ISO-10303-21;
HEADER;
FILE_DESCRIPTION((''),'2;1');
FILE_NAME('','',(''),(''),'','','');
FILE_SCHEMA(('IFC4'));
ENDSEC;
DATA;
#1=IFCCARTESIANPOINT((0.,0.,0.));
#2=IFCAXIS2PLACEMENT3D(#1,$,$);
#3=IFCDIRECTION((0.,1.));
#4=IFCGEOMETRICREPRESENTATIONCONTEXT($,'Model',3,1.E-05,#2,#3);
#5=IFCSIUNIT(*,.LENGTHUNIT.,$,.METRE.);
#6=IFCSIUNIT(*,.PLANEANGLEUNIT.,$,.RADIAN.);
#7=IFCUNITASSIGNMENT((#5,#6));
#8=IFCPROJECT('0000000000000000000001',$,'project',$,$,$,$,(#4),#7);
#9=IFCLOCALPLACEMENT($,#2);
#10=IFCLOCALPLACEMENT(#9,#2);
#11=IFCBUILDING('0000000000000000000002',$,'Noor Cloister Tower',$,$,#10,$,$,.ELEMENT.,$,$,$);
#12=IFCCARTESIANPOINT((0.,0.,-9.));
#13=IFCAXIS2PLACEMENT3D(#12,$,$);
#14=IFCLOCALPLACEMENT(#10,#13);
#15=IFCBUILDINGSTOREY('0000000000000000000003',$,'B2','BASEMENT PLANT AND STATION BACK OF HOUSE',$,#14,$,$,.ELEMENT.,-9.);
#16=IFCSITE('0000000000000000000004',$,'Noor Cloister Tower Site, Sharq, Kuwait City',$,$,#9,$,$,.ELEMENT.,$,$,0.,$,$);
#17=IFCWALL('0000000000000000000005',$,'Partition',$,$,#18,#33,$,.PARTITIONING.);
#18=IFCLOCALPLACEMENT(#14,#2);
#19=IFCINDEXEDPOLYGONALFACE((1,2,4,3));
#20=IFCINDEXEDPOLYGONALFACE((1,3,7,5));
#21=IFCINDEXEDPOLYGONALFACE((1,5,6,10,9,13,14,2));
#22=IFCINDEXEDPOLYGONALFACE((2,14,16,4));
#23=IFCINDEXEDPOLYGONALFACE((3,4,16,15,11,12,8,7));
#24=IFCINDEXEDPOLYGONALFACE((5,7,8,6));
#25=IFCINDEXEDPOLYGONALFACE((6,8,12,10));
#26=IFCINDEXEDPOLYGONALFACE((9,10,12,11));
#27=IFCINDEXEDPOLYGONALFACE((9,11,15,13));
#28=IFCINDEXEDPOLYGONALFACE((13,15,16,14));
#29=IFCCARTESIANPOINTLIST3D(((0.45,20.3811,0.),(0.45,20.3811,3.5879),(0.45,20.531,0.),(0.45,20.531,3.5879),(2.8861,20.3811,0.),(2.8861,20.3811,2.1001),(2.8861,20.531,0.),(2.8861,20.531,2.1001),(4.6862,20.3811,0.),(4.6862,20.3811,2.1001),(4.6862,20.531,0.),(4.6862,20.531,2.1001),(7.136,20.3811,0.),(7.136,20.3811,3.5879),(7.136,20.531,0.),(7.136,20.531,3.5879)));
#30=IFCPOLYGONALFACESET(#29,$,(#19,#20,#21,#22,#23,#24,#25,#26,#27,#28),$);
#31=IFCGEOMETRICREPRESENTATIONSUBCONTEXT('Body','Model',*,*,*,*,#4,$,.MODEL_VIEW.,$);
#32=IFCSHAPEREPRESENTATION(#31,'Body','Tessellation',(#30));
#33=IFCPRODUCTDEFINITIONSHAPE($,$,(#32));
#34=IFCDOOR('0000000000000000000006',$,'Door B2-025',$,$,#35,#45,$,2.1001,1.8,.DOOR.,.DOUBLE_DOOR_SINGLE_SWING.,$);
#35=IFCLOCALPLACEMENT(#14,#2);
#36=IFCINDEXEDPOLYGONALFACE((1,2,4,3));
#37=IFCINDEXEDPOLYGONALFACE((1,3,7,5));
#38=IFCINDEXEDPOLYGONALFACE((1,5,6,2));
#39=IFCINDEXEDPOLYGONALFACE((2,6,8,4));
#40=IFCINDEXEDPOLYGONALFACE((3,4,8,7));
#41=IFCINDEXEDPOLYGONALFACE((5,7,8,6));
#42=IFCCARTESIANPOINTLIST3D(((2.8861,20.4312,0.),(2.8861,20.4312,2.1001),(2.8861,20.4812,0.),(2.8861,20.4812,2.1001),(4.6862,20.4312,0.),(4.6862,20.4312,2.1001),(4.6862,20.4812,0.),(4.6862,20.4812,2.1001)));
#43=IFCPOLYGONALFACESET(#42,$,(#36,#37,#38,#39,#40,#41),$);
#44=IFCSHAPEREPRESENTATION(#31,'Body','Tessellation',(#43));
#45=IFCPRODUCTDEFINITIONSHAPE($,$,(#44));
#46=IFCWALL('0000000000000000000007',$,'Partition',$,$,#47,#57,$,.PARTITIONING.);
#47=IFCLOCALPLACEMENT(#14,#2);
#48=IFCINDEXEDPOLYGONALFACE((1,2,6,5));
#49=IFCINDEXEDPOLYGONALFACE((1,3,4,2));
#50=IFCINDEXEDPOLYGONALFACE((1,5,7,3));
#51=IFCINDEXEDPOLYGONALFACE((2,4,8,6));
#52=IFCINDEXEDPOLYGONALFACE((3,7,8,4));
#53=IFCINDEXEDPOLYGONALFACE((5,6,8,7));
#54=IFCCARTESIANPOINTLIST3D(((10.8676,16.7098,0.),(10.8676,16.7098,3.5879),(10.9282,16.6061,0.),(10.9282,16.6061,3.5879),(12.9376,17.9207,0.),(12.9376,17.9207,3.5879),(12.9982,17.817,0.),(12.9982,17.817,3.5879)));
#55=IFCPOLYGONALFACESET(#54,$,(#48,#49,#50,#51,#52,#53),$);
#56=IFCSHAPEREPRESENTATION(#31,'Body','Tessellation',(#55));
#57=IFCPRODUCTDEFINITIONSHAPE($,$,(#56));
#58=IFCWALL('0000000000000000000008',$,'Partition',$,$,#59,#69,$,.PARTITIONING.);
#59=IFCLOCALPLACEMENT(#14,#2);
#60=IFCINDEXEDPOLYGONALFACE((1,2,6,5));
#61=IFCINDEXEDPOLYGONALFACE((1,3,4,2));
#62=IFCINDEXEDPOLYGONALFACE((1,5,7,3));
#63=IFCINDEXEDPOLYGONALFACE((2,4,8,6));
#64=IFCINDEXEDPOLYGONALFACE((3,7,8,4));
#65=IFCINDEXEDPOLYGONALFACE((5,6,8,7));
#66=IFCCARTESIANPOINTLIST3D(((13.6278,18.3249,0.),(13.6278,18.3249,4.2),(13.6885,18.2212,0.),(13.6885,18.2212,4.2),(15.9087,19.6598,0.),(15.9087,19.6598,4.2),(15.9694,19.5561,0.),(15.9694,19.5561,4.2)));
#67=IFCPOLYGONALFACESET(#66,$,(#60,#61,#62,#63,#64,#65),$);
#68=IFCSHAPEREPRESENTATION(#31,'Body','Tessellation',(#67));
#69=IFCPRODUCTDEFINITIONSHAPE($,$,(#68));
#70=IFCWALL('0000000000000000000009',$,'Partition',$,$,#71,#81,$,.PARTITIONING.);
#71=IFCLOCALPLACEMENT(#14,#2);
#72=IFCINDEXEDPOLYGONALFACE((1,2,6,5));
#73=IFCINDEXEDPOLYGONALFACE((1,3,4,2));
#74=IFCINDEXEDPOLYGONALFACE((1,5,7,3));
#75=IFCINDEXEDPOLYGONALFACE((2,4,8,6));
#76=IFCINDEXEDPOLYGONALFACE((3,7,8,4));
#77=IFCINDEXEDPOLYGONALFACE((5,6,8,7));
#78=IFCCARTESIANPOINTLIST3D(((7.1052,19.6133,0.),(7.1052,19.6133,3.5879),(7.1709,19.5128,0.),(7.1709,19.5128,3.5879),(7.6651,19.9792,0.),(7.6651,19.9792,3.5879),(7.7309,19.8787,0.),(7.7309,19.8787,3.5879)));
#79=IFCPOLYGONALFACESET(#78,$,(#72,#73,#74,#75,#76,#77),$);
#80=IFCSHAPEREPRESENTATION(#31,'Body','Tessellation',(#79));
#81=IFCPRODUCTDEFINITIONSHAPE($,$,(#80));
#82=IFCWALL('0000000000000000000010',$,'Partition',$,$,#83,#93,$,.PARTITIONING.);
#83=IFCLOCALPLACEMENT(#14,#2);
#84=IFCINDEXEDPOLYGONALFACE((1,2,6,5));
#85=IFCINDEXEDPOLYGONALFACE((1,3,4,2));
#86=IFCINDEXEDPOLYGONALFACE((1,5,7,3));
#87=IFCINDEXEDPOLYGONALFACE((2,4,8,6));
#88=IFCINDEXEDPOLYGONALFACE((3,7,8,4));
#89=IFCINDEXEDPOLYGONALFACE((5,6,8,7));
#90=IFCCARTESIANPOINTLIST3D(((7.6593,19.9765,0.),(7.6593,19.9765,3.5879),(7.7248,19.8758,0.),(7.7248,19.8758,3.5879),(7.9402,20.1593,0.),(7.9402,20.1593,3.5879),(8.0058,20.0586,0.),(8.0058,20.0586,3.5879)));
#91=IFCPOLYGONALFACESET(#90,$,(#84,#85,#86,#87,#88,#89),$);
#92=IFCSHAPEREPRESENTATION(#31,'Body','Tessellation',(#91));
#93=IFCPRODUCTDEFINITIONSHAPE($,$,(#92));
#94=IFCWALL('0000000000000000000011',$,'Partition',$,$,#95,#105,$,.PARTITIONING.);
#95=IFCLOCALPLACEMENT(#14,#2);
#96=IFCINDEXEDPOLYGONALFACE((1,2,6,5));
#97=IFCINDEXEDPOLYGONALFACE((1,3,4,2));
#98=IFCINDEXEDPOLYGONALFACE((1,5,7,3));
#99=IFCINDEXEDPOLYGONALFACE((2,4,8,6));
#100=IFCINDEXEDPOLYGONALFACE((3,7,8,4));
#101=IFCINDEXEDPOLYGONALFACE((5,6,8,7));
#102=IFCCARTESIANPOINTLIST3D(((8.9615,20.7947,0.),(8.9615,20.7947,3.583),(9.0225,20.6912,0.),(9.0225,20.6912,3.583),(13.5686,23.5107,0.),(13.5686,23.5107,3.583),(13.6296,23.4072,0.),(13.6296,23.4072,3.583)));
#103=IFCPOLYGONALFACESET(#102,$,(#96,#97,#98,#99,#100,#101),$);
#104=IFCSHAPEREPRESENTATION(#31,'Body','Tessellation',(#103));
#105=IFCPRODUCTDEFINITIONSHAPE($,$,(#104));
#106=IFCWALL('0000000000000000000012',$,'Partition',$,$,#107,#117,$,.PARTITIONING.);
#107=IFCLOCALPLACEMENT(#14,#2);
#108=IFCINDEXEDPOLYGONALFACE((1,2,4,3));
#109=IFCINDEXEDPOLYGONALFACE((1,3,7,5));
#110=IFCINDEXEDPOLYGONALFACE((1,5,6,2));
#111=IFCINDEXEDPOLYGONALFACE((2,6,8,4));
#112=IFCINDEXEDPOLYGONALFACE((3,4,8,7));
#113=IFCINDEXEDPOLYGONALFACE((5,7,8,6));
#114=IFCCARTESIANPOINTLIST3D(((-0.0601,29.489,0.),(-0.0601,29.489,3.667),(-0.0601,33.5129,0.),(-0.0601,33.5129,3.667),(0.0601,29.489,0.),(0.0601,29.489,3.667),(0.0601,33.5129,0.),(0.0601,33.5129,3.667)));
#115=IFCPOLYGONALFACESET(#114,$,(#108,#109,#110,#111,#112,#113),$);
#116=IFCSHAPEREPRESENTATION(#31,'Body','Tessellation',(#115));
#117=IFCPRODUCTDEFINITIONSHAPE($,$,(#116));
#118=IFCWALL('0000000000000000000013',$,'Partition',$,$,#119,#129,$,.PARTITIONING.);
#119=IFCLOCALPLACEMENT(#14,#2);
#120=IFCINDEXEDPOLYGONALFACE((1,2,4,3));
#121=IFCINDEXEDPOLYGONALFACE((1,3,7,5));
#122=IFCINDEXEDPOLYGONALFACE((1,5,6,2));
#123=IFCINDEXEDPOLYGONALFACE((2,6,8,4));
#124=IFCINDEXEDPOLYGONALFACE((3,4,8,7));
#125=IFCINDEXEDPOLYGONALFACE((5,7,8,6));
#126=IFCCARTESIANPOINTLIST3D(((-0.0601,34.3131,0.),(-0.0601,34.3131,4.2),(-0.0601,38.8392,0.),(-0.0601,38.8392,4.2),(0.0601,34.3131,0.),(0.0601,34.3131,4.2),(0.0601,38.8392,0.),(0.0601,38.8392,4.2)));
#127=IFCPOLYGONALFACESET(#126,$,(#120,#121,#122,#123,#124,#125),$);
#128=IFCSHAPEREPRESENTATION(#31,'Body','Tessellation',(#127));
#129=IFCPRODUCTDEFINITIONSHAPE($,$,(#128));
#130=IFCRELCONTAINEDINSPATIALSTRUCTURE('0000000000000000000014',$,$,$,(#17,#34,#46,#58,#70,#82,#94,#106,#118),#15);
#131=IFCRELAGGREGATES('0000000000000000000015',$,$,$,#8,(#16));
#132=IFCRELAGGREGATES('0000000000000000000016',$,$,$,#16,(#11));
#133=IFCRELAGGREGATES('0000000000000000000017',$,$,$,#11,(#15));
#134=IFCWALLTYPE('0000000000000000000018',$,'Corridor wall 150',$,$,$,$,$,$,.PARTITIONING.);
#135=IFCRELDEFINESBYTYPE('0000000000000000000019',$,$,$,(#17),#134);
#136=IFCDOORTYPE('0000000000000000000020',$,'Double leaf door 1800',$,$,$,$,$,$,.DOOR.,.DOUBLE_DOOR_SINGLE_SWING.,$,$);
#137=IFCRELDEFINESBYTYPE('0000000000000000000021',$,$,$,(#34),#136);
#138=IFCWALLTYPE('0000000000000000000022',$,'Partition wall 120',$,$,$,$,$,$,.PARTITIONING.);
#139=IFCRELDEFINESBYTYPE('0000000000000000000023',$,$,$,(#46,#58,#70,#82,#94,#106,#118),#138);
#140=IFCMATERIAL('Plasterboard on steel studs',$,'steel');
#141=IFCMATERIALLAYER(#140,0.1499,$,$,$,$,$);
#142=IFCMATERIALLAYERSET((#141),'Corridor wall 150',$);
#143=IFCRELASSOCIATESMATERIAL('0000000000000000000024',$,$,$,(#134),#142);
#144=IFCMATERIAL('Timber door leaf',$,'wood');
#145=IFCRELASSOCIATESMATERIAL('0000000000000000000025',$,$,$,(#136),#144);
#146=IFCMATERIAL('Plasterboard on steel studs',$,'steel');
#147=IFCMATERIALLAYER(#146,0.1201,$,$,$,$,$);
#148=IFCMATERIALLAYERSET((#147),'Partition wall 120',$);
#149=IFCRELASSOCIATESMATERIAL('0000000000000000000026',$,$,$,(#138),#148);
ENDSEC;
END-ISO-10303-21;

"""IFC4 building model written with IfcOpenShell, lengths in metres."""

from ifc_helpers import new_model, si_unit, direction, frame, frame_2d, origin, place, context, subcontext, project, spatial, rectangle, extrude, material, layer, layer_set, type_object, element, fill, save


model = new_model("IFC4")

# Units and contexts
model_context = context("Model", 3, precision=1e-05, world=origin(), true_north=direction((0.0, 1.0)))
body_context = subcontext(model_context, "Body", "Model", "MODEL_VIEW")
ifc_project = project(units=[si_unit("LENGTHUNIT", "METRE"), si_unit("PLANEANGLEUNIT", "RADIAN")], contexts=[model_context])

# Site, building, storey
site_placement = place(None, origin())
site = spatial("IfcSite", under=ifc_project, at=site_placement, Name="Noor Cloister Tower Site, Sharq, Kuwait City", CompositionType="ELEMENT", RefElevation=0.0)
building_placement = place(site_placement, origin())
building = spatial("IfcBuilding", under=site, at=building_placement, Name="Noor Cloister Tower", CompositionType="ELEMENT")
storey_placement = place(building_placement, frame((0.0, 0.0, -9.0)))
storey = spatial("IfcBuildingStorey", under=building, at=storey_placement, Name="B2", Description="BASEMENT PLANT AND STATION BACK OF HOUSE", CompositionType="ELEMENT", Elevation=-9.0)

# Shared definitions
ifc_material_1 = material(Name="Plasterboard on steel studs", Category="steel")
ifc_layer_1 = layer(ifc_material_1, 0.1499)
ifc_layer_set_1 = layer_set([ifc_layer_1], Name="Corridor wall 150")
wall_type_1 = type_object("IfcWallType", Name="Corridor wall 150", PredefinedType="PARTITIONING", material=ifc_layer_set_1)

# Wall, opening, door
wall_1_placement = place(storey_placement, frame((7.136, 20.4561, 0.0), z_axis=(0.0, 0.0, 1.0), x_axis=(-1.0, 0.0, 0.0)))
wall_1 = element("IfcWall", 1, at=wall_1_placement, inside=storey, type_object=wall_type_1, Name="Partition", PredefinedType="PARTITIONING", context=body_context, shape_type="SweptSolid", body=[
    extrude(rectangle(XDim=6.686, YDim=0.1499, at=frame_2d((3.343, 0.0))), origin(), (0.0, 0.0, 1.0), 3.5879),
])
opening_placement = place(wall_1_placement, frame((2.45, 0.0, 0.0)))
opening = element("IfcOpeningElement", 2, at=opening_placement, cuts=wall_1, PredefinedType="OPENING", context=body_context, shape_type="SweptSolid", body=[
    extrude(rectangle(XDim=1.8, YDim=2.1001, at=frame_2d((0.8999, 1.05))), frame((0.0, 0.085, 0.0), z_axis=(0.0, -1.0, 0.0), x_axis=(1.0, 0.0, 0.0)), (0.0, 0.0, 1.0), 0.1699),
])
ifc_material_2 = material(Name="Timber door leaf", Category="wood")
door_type = type_object("IfcDoorType", Name="Double leaf door 1800", OperationType="DOUBLE_DOOR_SINGLE_SWING", PredefinedType="DOOR", material=ifc_material_2)
door_placement = place(opening_placement, origin())
door = element("IfcDoor", 3, at=door_placement, inside=storey, type_object=door_type, Name="Door B2-025", OperationType="DOUBLE_DOOR_SINGLE_SWING", OverallHeight=2.1001, OverallWidth=1.8, PredefinedType="DOOR", context=body_context, shape_type="SweptSolid", body=[
    extrude(rectangle(XDim=1.8, YDim=2.1001, at=frame_2d((0.8999, 1.05))), frame((0.0, 0.0249, 0.0), z_axis=(0.0, -1.0, 0.0), x_axis=(1.0, 0.0, 0.0)), (0.0, 0.0, 1.0), 0.05),
])
fill(opening, door)

# Walls
ifc_material_3 = material(Name="Plasterboard on steel studs", Category="steel")
ifc_layer_2 = layer(ifc_material_3, 0.1201)
ifc_layer_set_2 = layer_set([ifc_layer_2], Name="Partition wall 120")
wall_type_2 = type_object("IfcWallType", Name="Partition wall 120", PredefinedType="PARTITIONING", material=ifc_layer_set_2)
wall_2_placement = place(storey_placement, frame((12.968, 17.8689, 0.0), z_axis=(0.0, 0.0, 1.0), x_axis=(-0.863162, -0.504928, 0.0)))
element("IfcWall", 4, at=wall_2_placement, inside=storey, type_object=wall_type_2, Name="Partition", PredefinedType="PARTITIONING", context=body_context, shape_type="SweptSolid", body=[
    extrude(rectangle(XDim=2.3982, YDim=0.1201, at=frame_2d((1.1992, 0.0))), origin(), (0.0, 0.0, 1.0), 3.5879),
])
wall_3_placement = place(storey_placement, frame((15.939, 19.6079, 0.0), z_axis=(0.0, 0.0, 1.0), x_axis=(-0.863058, -0.505105, 0.0)))
element("IfcWall", 5, at=wall_3_placement, inside=storey, type_object=wall_type_2, Name="Partition", PredefinedType="PARTITIONING", context=body_context, shape_type="SweptSolid", body=[
    extrude(rectangle(XDim=2.6428, YDim=0.1201, at=frame_2d((1.3213, 0.0))), origin(), (0.0, 0.0, 1.0), 4.2),
])
wall_4_placement = place(storey_placement, frame((7.698, 19.929, 0.0), z_axis=(0.0, 0.0, 1.0), x_axis=(-0.837124, -0.547013, 0.0)))
element("IfcWall", 6, at=wall_4_placement, inside=storey, type_object=wall_type_2, Name="Partition", PredefinedType="PARTITIONING", context=body_context, shape_type="SweptSolid", body=[
    extrude(rectangle(XDim=0.6689, YDim=0.1201, at=frame_2d((0.3345, 0.0))), origin(), (0.0, 0.0, 1.0), 3.5879),
])
wall_5_placement = place(storey_placement, frame((7.9729, 20.1089, 0.0), z_axis=(0.0, 0.0, 1.0), x_axis=(-0.838161, -0.545423, 0.0)))
element("IfcWall", 7, at=wall_5_placement, inside=storey, type_object=wall_type_2, Name="Partition", PredefinedType="PARTITIONING", context=body_context, shape_type="SweptSolid", body=[
    extrude(rectangle(XDim=0.3352, YDim=0.1201, at=frame_2d((0.1675, 0.0))), origin(), (0.0, 0.0, 1.0), 3.5879),
])
wall_6_placement = place(storey_placement, frame((13.5991, 23.459, 0.0), z_axis=(0.0, 0.0, 1.0), x_axis=(-0.861447, -0.507848, 0.0)))
element("IfcWall", 8, at=wall_6_placement, inside=storey, type_object=wall_type_2, Name="Partition", PredefinedType="PARTITIONING", context=body_context, shape_type="SweptSolid", body=[
    extrude(rectangle(XDim=5.3481, YDim=0.1201, at=frame_2d((2.6741, 0.0))), origin(), (0.0, 0.0, 1.0), 3.583),
])
wall_7_placement = place(storey_placement, frame((0.0, 29.489, 0.0), z_axis=(0.0, 0.0, 1.0), x_axis=(0.0, 1.0, 0.0)))
element("IfcWall", 9, at=wall_7_placement, inside=storey, type_object=wall_type_2, Name="Partition", PredefinedType="PARTITIONING", context=body_context, shape_type="SweptSolid", body=[
    extrude(rectangle(XDim=4.0239, YDim=0.1201, at=frame_2d((2.012, 0.0))), origin(), (0.0, 0.0, 1.0), 3.667),
])
wall_8_placement = place(storey_placement, frame((0.0, 34.313, 0.0), z_axis=(0.0, 0.0, 1.0), x_axis=(0.0, 1.0, 0.0)))
element("IfcWall", 10, at=wall_8_placement, inside=storey, type_object=wall_type_2, Name="Partition", PredefinedType="PARTITIONING", context=body_context, shape_type="SweptSolid", body=[
    extrude(rectangle(XDim=4.5261, YDim=0.1201, at=frame_2d((2.2632, 0.0))), origin(), (0.0, 0.0, 1.0), 4.2),
])

save(model, "model.ifc")
